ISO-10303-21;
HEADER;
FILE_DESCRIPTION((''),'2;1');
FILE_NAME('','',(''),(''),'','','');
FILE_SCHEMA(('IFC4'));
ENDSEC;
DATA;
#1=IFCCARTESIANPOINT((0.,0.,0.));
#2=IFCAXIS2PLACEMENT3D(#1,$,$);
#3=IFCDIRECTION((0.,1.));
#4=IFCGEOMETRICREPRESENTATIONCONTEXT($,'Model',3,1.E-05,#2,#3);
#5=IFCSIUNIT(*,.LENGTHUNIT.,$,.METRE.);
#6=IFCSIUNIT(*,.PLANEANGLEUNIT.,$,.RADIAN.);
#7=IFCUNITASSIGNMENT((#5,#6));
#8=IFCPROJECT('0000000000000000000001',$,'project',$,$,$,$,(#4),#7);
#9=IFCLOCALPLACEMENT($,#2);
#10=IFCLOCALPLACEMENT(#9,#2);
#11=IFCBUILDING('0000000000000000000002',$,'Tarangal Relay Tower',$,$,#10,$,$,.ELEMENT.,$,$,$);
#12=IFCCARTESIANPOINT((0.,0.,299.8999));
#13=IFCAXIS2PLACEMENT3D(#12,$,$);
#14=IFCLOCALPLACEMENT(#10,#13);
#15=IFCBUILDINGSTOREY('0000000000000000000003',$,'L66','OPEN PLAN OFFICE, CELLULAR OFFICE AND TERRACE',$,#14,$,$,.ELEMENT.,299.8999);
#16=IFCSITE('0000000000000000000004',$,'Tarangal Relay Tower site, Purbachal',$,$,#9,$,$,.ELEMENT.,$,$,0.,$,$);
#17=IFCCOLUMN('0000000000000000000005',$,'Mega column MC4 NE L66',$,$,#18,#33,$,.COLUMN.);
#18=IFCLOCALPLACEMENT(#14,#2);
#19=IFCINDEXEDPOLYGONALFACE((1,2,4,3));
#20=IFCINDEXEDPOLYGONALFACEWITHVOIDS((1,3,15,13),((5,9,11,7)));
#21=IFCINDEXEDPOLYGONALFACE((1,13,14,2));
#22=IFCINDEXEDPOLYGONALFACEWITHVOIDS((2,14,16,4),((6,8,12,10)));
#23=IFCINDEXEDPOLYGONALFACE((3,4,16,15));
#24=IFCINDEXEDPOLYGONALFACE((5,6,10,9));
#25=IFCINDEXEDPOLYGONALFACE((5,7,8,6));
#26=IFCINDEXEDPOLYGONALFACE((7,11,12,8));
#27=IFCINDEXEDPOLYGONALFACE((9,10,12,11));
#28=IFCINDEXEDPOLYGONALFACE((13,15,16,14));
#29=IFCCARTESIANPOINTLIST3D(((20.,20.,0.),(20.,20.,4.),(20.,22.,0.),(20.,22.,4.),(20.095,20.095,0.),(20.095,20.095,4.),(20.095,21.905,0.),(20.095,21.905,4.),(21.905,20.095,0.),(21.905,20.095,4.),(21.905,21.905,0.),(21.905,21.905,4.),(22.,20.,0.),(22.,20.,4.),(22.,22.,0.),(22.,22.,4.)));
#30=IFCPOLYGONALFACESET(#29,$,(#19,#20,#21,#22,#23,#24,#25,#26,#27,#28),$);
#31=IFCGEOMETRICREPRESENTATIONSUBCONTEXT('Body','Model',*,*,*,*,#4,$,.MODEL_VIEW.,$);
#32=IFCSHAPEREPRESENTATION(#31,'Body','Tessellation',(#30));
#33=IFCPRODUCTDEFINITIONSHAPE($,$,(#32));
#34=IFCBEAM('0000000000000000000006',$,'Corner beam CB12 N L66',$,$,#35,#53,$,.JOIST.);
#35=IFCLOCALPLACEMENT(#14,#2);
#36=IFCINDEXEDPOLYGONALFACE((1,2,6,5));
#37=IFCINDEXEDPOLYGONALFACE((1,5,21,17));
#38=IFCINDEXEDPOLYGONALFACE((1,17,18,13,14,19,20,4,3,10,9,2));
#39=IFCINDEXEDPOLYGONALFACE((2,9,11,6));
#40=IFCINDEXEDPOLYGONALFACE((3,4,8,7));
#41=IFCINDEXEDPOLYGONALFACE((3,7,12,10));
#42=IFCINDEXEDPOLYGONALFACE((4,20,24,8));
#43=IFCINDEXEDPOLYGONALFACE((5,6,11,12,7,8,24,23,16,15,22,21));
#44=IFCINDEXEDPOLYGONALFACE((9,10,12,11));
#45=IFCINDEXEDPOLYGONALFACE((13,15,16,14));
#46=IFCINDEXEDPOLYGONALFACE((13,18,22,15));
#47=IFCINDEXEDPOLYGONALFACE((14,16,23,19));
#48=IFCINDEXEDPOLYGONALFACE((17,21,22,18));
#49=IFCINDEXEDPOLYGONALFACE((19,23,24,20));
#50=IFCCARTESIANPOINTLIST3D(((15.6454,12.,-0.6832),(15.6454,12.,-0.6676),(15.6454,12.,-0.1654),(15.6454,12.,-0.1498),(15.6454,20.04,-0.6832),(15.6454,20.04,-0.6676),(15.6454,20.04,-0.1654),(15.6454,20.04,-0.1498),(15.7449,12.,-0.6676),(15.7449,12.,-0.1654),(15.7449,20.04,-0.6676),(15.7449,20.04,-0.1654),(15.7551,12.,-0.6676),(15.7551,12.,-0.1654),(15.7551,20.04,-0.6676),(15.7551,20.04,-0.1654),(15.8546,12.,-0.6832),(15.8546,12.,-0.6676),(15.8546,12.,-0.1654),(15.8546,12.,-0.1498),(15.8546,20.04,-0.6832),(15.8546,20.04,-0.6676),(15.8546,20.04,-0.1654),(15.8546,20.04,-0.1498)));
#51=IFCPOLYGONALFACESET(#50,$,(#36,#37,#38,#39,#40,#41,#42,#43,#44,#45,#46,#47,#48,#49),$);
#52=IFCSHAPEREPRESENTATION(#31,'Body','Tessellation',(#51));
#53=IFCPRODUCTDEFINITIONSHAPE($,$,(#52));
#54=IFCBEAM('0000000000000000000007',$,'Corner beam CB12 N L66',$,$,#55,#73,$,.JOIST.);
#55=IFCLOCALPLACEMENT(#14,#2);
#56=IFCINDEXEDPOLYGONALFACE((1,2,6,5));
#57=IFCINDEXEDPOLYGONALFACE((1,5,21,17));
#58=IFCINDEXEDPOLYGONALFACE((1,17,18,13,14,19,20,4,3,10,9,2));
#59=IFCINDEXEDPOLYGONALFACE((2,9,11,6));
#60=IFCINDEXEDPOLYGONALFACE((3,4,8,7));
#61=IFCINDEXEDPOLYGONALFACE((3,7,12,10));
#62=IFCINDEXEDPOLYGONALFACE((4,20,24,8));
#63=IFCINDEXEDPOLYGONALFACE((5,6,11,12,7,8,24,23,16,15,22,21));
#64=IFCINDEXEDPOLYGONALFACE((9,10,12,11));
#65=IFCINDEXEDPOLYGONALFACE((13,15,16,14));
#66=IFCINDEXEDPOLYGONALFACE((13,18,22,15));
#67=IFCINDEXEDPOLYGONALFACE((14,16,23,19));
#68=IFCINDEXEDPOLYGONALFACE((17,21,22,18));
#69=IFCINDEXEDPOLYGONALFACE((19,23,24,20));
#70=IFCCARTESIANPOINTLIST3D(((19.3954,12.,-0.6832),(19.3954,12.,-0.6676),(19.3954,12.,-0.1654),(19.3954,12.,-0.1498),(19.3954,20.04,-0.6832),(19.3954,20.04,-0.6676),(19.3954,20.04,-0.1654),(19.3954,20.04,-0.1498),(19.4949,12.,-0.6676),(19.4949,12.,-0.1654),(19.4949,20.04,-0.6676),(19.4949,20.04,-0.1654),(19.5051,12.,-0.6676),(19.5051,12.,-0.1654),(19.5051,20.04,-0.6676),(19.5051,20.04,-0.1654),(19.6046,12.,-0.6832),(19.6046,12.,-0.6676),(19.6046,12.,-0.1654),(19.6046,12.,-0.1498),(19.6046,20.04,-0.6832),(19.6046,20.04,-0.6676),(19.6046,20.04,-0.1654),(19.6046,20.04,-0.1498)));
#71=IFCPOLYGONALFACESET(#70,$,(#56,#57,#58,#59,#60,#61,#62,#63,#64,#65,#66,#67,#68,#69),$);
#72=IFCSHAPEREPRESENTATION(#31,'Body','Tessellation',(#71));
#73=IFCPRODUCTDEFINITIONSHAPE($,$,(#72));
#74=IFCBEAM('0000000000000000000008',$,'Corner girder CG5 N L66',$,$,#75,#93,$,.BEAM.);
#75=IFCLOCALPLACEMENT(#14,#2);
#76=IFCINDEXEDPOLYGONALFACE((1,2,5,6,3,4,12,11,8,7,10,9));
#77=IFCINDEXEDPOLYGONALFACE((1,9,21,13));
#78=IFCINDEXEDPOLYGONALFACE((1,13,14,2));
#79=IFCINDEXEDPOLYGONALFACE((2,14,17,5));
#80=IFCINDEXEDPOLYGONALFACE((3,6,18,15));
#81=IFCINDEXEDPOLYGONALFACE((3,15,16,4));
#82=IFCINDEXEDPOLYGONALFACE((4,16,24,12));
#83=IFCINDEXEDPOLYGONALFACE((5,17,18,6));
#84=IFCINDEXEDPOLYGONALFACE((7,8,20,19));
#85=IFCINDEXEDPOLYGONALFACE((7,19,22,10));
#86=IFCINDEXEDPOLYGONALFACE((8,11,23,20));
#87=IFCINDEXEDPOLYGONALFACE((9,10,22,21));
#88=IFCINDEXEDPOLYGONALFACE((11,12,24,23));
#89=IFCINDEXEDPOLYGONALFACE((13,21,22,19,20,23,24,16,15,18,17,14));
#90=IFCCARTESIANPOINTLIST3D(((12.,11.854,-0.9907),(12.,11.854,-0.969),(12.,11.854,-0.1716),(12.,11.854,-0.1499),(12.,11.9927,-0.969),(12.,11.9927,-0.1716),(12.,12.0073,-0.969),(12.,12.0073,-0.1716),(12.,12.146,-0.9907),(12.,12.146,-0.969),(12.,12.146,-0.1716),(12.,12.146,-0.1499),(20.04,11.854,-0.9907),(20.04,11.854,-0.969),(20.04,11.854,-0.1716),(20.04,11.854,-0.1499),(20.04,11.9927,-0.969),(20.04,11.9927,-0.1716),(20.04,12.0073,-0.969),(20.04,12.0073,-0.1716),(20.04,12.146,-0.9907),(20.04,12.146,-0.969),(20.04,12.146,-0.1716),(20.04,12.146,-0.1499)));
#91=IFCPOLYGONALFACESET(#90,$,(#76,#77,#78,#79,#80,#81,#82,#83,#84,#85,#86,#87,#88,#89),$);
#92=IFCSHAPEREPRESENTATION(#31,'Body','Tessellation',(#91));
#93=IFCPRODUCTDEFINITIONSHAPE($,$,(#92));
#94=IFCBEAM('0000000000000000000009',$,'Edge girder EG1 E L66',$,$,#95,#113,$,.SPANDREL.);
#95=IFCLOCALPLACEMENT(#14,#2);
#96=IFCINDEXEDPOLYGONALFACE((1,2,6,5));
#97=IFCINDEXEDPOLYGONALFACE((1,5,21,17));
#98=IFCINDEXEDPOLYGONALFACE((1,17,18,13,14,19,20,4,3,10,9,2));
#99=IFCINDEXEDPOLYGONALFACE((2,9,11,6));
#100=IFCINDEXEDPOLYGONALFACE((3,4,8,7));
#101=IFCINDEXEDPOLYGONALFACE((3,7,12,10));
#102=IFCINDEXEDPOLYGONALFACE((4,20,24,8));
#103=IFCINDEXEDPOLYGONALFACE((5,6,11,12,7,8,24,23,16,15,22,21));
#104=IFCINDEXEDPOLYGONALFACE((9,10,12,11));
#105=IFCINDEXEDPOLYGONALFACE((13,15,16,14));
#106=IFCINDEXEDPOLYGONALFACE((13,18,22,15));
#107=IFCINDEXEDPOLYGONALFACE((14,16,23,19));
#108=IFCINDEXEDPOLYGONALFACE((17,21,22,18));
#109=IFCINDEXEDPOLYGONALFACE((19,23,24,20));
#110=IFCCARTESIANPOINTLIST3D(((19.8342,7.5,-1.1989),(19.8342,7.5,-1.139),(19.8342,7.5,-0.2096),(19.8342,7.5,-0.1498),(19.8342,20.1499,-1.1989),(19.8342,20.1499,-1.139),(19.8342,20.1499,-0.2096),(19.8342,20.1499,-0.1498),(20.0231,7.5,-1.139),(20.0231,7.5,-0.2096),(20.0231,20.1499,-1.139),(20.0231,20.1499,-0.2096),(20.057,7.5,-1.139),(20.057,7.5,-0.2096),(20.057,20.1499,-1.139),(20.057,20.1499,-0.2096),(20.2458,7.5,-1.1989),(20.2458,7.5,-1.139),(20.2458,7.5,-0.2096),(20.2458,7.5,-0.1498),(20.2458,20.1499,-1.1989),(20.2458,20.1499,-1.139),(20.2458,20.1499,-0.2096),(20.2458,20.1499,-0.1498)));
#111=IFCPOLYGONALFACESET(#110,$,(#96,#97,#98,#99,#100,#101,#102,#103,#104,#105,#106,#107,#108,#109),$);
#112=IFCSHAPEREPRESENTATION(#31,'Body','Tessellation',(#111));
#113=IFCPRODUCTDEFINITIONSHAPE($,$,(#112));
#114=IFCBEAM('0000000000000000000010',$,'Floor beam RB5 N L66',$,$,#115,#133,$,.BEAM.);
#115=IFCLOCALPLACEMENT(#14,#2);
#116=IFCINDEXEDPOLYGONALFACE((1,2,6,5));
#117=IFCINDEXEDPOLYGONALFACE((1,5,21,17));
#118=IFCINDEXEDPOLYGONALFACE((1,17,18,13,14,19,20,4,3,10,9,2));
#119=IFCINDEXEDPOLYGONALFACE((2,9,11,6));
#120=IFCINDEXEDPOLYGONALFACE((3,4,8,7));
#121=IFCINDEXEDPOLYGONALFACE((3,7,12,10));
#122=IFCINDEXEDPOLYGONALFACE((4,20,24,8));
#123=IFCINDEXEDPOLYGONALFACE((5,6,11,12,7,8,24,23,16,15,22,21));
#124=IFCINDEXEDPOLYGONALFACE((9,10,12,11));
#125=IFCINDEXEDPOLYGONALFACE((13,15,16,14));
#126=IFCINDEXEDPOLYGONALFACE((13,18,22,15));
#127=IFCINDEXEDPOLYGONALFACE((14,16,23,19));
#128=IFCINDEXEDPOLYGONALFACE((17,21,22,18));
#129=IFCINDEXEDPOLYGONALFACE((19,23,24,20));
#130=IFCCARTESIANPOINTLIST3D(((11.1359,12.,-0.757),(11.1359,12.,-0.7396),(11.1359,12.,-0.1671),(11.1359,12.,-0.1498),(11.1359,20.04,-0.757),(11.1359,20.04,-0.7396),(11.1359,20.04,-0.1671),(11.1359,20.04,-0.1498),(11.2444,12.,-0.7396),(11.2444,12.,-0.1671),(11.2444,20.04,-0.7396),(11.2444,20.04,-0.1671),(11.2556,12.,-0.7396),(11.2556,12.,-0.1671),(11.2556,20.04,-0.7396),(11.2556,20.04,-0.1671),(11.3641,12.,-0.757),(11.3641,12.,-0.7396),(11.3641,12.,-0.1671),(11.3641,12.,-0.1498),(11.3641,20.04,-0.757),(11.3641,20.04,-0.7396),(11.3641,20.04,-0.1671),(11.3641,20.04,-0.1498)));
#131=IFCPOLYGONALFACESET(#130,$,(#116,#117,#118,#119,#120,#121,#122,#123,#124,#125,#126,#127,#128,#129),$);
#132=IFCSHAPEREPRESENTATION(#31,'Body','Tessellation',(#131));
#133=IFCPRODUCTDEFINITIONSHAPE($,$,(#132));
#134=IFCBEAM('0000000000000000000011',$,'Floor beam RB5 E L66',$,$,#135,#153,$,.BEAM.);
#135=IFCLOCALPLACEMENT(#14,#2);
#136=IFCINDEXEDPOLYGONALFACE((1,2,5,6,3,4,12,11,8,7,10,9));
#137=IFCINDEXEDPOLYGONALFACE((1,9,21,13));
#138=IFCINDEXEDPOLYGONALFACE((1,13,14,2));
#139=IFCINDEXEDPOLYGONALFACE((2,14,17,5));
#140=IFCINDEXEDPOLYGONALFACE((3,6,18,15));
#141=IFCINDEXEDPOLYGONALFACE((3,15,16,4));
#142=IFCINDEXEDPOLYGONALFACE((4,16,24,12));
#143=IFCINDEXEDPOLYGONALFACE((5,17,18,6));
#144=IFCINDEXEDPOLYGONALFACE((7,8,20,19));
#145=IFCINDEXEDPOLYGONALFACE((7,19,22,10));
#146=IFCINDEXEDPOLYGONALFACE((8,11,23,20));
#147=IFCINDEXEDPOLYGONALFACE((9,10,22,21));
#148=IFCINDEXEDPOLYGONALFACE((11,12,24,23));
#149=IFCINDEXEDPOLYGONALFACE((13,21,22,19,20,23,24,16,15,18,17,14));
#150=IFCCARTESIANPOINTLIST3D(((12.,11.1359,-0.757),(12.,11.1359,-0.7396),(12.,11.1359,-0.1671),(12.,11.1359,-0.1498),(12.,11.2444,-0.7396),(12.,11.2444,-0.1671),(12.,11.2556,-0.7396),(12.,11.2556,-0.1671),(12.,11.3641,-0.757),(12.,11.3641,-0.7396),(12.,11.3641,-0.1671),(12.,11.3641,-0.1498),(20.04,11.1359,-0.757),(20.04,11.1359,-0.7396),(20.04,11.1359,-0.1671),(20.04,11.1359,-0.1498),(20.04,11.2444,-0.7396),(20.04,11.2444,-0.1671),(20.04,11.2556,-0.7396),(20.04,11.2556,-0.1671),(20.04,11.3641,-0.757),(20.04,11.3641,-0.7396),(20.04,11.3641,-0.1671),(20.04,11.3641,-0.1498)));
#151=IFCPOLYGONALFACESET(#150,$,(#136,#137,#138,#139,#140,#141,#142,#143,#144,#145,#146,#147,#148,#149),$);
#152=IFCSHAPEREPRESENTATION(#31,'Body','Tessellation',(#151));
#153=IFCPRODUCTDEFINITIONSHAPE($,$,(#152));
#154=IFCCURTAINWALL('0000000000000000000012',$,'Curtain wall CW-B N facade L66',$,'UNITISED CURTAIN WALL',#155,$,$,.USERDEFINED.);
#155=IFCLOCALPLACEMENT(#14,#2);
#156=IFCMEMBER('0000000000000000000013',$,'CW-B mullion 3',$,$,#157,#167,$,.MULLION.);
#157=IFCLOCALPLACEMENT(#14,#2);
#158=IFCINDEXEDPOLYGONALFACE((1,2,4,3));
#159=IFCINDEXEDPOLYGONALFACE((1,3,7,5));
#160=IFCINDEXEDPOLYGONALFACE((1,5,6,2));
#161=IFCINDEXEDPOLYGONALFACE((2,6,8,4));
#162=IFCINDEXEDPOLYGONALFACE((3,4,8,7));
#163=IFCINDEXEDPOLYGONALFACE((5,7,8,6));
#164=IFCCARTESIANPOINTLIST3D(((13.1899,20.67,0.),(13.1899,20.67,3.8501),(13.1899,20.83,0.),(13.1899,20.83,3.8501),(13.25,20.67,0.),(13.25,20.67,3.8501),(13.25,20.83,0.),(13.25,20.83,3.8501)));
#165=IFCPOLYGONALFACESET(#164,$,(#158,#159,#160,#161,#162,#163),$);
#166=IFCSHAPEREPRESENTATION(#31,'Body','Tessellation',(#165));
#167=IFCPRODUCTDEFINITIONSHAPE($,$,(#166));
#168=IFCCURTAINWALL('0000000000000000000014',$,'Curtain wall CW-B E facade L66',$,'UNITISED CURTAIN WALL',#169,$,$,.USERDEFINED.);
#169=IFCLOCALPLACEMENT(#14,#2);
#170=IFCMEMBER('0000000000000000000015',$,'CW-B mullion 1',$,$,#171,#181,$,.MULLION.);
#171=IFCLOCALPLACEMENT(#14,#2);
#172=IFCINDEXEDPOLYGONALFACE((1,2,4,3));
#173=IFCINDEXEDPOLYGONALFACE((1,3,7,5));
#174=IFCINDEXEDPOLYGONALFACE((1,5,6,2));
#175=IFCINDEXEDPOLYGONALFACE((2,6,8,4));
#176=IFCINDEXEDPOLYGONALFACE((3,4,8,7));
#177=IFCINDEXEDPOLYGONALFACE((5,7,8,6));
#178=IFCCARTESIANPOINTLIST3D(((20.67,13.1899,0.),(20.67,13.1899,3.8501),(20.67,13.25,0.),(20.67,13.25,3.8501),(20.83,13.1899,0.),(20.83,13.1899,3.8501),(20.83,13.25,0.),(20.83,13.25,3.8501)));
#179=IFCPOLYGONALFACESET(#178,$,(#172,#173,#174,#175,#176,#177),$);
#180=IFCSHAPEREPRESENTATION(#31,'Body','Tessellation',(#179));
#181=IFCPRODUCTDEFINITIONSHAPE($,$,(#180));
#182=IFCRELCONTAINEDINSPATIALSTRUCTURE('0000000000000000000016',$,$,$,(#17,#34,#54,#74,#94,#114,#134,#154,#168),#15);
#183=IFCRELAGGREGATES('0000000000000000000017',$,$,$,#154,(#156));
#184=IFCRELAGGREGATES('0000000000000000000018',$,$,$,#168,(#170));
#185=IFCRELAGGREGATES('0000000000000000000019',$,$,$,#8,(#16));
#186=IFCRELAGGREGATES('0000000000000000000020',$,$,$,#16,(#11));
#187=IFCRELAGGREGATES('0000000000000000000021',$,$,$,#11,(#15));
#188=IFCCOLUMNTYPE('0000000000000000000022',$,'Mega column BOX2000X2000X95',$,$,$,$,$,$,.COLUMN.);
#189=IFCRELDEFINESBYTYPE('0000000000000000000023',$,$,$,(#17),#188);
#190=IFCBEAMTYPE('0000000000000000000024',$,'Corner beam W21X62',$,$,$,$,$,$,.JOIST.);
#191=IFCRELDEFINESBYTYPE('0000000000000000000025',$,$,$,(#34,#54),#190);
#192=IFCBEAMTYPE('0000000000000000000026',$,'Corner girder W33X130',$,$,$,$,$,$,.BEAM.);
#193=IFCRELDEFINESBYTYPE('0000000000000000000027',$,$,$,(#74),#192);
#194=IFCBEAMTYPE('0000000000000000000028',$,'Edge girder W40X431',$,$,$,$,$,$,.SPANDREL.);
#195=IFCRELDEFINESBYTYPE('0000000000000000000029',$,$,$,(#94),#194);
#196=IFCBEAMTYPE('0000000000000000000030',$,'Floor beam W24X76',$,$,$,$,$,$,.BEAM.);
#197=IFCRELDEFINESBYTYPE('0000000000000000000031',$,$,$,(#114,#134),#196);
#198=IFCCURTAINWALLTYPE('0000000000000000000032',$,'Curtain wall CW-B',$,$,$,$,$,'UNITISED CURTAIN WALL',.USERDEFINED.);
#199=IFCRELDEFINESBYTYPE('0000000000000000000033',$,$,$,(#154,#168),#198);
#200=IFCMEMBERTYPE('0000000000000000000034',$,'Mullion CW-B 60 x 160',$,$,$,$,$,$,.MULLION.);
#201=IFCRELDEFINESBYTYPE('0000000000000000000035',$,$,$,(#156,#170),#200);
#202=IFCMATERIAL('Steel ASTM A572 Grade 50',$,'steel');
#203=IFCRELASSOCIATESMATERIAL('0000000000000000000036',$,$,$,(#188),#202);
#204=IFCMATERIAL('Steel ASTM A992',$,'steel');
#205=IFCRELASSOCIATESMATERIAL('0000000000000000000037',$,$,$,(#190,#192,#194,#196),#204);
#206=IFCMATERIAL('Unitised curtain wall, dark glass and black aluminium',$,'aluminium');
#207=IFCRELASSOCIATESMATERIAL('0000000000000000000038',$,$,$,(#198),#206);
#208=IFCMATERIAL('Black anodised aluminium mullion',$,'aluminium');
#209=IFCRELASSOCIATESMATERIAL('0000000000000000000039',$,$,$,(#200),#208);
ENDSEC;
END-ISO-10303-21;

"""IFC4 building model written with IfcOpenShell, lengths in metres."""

from ifc_helpers import new_model, si_unit, direction, frame, origin, origin_2d, place, context, subcontext, project, spatial, rectangle, hollow_rectangle, i_section, extrude, material, material_profile, profile_set, type_object, element, aggregate, save


model = new_model("IFC4")

# Units and contexts
model_context = context("Model", 3, precision=1e-05, world=origin(), true_north=direction((0.0, 1.0)))
body_context = subcontext(model_context, "Body", "Model", "MODEL_VIEW")
ifc_project = project(units=[si_unit("LENGTHUNIT", "METRE"), si_unit("PLANEANGLEUNIT", "RADIAN")], contexts=[model_context])

# Site, building, storey
site_placement = place(None, origin())
site = spatial("IfcSite", under=ifc_project, at=site_placement, Name="Tarangal Relay Tower site, Purbachal", CompositionType="ELEMENT", RefElevation=0.0)
building_placement = place(site_placement, origin())
building = spatial("IfcBuilding", under=site, at=building_placement, Name="Tarangal Relay Tower", CompositionType="ELEMENT")
storey_placement = place(building_placement, frame((0.0, 0.0, 299.8999)))
storey = spatial("IfcBuildingStorey", under=building, at=storey_placement, Name="L66", Description="OPEN PLAN OFFICE, CELLULAR OFFICE AND TERRACE", CompositionType="ELEMENT", Elevation=299.8999)

# Column
ifc_material_1 = material(Name="Steel ASTM A572 Grade 50", Category="steel")
ifc_material_profile_1 = material_profile(ifc_material_1, hollow_rectangle(XDim=2.0, YDim=2.0, WallThickness=0.095, at=origin_2d()), Name="BOX2000X2000X95")
ifc_profile_set_1 = profile_set([ifc_material_profile_1], Name="Steel ASTM A572 Grade 50")
column_type = type_object("IfcColumnType", Name="Mega column BOX2000X2000X95", PredefinedType="COLUMN", material=ifc_profile_set_1)
column_placement = place(storey_placement, frame((21.0, 21.0, 0.0), z_axis=(0.0, 0.0, 1.0), x_axis=(1.0, 0.0, 0.0)))
element("IfcColumn", 1, at=column_placement, inside=storey, type_object=column_type, Name="Mega column MC4 NE L66", PredefinedType="COLUMN", context=body_context, shape_type="SweptSolid", body=[
    extrude(hollow_rectangle(XDim=2.0, YDim=2.0, WallThickness=0.095, at=origin_2d()), origin(), (0.0, 0.0, 1.0), 4.0),
])

# Beams
ifc_material_2 = material(Name="Steel ASTM A992", Category="steel")
ifc_material_profile_2 = material_profile(ifc_material_2, i_section(OverallWidth=0.2092, OverallDepth=0.5334, WebThickness=0.0103, FlangeThickness=0.0156, at=origin_2d()), Name="W21X62")
ifc_profile_set_2 = profile_set([ifc_material_profile_2], Name="Steel ASTM A992")
beam_type_1 = type_object("IfcBeamType", Name="Corner beam W21X62", PredefinedType="JOIST", material=ifc_profile_set_2)
for number, where, z_axis, x_axis, name in (
    (2, (15.75, 12.0, -0.4165), (0.0, 1.0, 0.0), (-1.0, 0.0, 0.0), "Corner beam CB12 N L66"),
    (3, (19.5, 12.0, -0.4165), (0.0, 1.0, 0.0), (-1.0, 0.0, 0.0), "Corner beam CB12 N L66"),
):
    element("IfcBeam", number, at=place(storey_placement, frame(where, z_axis=z_axis, x_axis=x_axis)), inside=storey, type_object=beam_type_1, Name=name, PredefinedType="JOIST", context=body_context, shape_type="SweptSolid", body=[
        extrude(i_section(OverallWidth=0.2092, OverallDepth=0.5334, WebThickness=0.0103, FlangeThickness=0.0156, at=origin_2d()), origin(), (0.0, 0.0, 1.0), 8.04),
    ])
ifc_material_profile_3 = material_profile(ifc_material_2, i_section(OverallWidth=0.292, OverallDepth=0.8408, WebThickness=0.0146, FlangeThickness=0.0217, at=origin_2d()), Name="W33X130")
ifc_profile_set_3 = profile_set([ifc_material_profile_3], Name="Steel ASTM A992")
beam_type_2 = type_object("IfcBeamType", Name="Corner girder W33X130", PredefinedType="BEAM", material=ifc_profile_set_3)
beam_1_placement = place(storey_placement, frame((12.0, 12.0, -0.5703), z_axis=(1.0, 0.0, 0.0), x_axis=(0.0, 1.0, 0.0)))
element("IfcBeam", 4, at=beam_1_placement, inside=storey, type_object=beam_type_2, Name="Corner girder CG5 N L66", PredefinedType="BEAM", context=body_context, shape_type="SweptSolid", body=[
    extrude(i_section(OverallWidth=0.292, OverallDepth=0.8408, WebThickness=0.0146, FlangeThickness=0.0217, at=origin_2d()), origin(), (0.0, 0.0, 1.0), 8.04),
])
ifc_material_profile_4 = material_profile(ifc_material_2, i_section(OverallWidth=0.4116, OverallDepth=1.0491, WebThickness=0.0339, FlangeThickness=0.0598, at=origin_2d()), Name="W40X431")
ifc_profile_set_4 = profile_set([ifc_material_profile_4], Name="Steel ASTM A992")
beam_type_3 = type_object("IfcBeamType", Name="Edge girder W40X431", PredefinedType="SPANDREL", material=ifc_profile_set_4)
beam_2_placement = place(storey_placement, frame((20.04, 20.1499, -0.6743), z_axis=(0.0, -1.0, 0.0), x_axis=(1.0, 0.0, 0.0)))
element("IfcBeam", 5, at=beam_2_placement, inside=storey, type_object=beam_type_3, Name="Edge girder EG1 E L66", PredefinedType="SPANDREL", context=body_context, shape_type="SweptSolid", body=[
    extrude(i_section(OverallWidth=0.4116, OverallDepth=1.0491, WebThickness=0.0339, FlangeThickness=0.0598, at=origin_2d()), origin(), (0.0, 0.0, 1.0), 12.6499),
])
ifc_material_profile_5 = material_profile(ifc_material_2, i_section(OverallWidth=0.2283, OverallDepth=0.6072, WebThickness=0.0112, FlangeThickness=0.0173, at=origin_2d()), Name="W24X76")
ifc_profile_set_5 = profile_set([ifc_material_profile_5], Name="Steel ASTM A992")
beam_type_4 = type_object("IfcBeamType", Name="Floor beam W24X76", PredefinedType="BEAM", material=ifc_profile_set_5)
for number, where, z_axis, x_axis, name in (
    (6, (11.25, 12.0, -0.4534), (0.0, 1.0, 0.0), (-1.0, 0.0, 0.0), "Floor beam RB5 N L66"),
    (7, (12.0, 11.25, -0.4534), (1.0, 0.0, 0.0), (0.0, 1.0, 0.0), "Floor beam RB5 E L66"),
):
    element("IfcBeam", number, at=place(storey_placement, frame(where, z_axis=z_axis, x_axis=x_axis)), inside=storey, type_object=beam_type_4, Name=name, PredefinedType="BEAM", context=body_context, shape_type="SweptSolid", body=[
        extrude(i_section(OverallWidth=0.2283, OverallDepth=0.6072, WebThickness=0.0112, FlangeThickness=0.0173, at=origin_2d()), origin(), (0.0, 0.0, 1.0), 8.04),
    ])

# Curtain wall, member
ifc_material_3 = material(Name="Unitised curtain wall, dark glass and black aluminium", Category="aluminium")
curtain_wall_type = type_object("IfcCurtainWallType", Name="Curtain wall CW-B", ElementType="UNITISED CURTAIN WALL", PredefinedType="USERDEFINED", material=ifc_material_3)
curtain_wall_1_placement = place(storey_placement, origin())
curtain_wall_1 = element("IfcCurtainWall", 8, at=curtain_wall_1_placement, inside=storey, type_object=curtain_wall_type, Name="Curtain wall CW-B N facade L66", ObjectType="UNITISED CURTAIN WALL", PredefinedType="USERDEFINED")
ifc_material_4 = material(Name="Black anodised aluminium mullion", Category="aluminium")
ifc_material_profile_6 = material_profile(ifc_material_4, rectangle(XDim=0.1599, YDim=0.0601, at=origin_2d()), Name="CW-BM 60X160")
ifc_profile_set_6 = profile_set([ifc_material_profile_6], Name="Black anodised aluminium mullion")
member_type_1 = type_object("IfcMemberType", Name="Mullion CW-B 60 x 160", PredefinedType="MULLION", material=ifc_profile_set_6)
member_1_placement = place(storey_placement, frame((13.22, 20.75, 0.0), z_axis=(0.0, 0.0, 1.0), x_axis=(0.0, 1.0, 0.0)))
member_1 = element("IfcMember", 9, at=member_1_placement, type_object=member_type_1, Name="CW-B mullion 3", PredefinedType="MULLION", context=body_context, shape_type="SweptSolid", body=[
    extrude(rectangle(XDim=0.1599, YDim=0.0601, at=origin_2d()), origin(), (0.0, 0.0, 1.0), 3.8501),
])

# Curtain wall, member
curtain_wall_2_placement = place(storey_placement, origin())
curtain_wall_2 = element("IfcCurtainWall", 10, at=curtain_wall_2_placement, inside=storey, type_object=curtain_wall_type, Name="Curtain wall CW-B E facade L66", ObjectType="UNITISED CURTAIN WALL", PredefinedType="USERDEFINED")
member_2_placement = place(storey_placement, frame((20.75, 13.22, 0.0), z_axis=(0.0, 0.0, 1.0), x_axis=(1.0, 0.0, 0.0)))
member_2 = element("IfcMember", 11, at=member_2_placement, type_object=member_type_1, Name="CW-B mullion 1", PredefinedType="MULLION", context=body_context, shape_type="SweptSolid", body=[
    extrude(rectangle(XDim=0.1599, YDim=0.0601, at=origin_2d()), origin(), (0.0, 0.0, 1.0), 3.8501),
])

aggregate(curtain_wall_1, [member_1])
aggregate(curtain_wall_2, [member_2])

save(model, "model.ifc")
